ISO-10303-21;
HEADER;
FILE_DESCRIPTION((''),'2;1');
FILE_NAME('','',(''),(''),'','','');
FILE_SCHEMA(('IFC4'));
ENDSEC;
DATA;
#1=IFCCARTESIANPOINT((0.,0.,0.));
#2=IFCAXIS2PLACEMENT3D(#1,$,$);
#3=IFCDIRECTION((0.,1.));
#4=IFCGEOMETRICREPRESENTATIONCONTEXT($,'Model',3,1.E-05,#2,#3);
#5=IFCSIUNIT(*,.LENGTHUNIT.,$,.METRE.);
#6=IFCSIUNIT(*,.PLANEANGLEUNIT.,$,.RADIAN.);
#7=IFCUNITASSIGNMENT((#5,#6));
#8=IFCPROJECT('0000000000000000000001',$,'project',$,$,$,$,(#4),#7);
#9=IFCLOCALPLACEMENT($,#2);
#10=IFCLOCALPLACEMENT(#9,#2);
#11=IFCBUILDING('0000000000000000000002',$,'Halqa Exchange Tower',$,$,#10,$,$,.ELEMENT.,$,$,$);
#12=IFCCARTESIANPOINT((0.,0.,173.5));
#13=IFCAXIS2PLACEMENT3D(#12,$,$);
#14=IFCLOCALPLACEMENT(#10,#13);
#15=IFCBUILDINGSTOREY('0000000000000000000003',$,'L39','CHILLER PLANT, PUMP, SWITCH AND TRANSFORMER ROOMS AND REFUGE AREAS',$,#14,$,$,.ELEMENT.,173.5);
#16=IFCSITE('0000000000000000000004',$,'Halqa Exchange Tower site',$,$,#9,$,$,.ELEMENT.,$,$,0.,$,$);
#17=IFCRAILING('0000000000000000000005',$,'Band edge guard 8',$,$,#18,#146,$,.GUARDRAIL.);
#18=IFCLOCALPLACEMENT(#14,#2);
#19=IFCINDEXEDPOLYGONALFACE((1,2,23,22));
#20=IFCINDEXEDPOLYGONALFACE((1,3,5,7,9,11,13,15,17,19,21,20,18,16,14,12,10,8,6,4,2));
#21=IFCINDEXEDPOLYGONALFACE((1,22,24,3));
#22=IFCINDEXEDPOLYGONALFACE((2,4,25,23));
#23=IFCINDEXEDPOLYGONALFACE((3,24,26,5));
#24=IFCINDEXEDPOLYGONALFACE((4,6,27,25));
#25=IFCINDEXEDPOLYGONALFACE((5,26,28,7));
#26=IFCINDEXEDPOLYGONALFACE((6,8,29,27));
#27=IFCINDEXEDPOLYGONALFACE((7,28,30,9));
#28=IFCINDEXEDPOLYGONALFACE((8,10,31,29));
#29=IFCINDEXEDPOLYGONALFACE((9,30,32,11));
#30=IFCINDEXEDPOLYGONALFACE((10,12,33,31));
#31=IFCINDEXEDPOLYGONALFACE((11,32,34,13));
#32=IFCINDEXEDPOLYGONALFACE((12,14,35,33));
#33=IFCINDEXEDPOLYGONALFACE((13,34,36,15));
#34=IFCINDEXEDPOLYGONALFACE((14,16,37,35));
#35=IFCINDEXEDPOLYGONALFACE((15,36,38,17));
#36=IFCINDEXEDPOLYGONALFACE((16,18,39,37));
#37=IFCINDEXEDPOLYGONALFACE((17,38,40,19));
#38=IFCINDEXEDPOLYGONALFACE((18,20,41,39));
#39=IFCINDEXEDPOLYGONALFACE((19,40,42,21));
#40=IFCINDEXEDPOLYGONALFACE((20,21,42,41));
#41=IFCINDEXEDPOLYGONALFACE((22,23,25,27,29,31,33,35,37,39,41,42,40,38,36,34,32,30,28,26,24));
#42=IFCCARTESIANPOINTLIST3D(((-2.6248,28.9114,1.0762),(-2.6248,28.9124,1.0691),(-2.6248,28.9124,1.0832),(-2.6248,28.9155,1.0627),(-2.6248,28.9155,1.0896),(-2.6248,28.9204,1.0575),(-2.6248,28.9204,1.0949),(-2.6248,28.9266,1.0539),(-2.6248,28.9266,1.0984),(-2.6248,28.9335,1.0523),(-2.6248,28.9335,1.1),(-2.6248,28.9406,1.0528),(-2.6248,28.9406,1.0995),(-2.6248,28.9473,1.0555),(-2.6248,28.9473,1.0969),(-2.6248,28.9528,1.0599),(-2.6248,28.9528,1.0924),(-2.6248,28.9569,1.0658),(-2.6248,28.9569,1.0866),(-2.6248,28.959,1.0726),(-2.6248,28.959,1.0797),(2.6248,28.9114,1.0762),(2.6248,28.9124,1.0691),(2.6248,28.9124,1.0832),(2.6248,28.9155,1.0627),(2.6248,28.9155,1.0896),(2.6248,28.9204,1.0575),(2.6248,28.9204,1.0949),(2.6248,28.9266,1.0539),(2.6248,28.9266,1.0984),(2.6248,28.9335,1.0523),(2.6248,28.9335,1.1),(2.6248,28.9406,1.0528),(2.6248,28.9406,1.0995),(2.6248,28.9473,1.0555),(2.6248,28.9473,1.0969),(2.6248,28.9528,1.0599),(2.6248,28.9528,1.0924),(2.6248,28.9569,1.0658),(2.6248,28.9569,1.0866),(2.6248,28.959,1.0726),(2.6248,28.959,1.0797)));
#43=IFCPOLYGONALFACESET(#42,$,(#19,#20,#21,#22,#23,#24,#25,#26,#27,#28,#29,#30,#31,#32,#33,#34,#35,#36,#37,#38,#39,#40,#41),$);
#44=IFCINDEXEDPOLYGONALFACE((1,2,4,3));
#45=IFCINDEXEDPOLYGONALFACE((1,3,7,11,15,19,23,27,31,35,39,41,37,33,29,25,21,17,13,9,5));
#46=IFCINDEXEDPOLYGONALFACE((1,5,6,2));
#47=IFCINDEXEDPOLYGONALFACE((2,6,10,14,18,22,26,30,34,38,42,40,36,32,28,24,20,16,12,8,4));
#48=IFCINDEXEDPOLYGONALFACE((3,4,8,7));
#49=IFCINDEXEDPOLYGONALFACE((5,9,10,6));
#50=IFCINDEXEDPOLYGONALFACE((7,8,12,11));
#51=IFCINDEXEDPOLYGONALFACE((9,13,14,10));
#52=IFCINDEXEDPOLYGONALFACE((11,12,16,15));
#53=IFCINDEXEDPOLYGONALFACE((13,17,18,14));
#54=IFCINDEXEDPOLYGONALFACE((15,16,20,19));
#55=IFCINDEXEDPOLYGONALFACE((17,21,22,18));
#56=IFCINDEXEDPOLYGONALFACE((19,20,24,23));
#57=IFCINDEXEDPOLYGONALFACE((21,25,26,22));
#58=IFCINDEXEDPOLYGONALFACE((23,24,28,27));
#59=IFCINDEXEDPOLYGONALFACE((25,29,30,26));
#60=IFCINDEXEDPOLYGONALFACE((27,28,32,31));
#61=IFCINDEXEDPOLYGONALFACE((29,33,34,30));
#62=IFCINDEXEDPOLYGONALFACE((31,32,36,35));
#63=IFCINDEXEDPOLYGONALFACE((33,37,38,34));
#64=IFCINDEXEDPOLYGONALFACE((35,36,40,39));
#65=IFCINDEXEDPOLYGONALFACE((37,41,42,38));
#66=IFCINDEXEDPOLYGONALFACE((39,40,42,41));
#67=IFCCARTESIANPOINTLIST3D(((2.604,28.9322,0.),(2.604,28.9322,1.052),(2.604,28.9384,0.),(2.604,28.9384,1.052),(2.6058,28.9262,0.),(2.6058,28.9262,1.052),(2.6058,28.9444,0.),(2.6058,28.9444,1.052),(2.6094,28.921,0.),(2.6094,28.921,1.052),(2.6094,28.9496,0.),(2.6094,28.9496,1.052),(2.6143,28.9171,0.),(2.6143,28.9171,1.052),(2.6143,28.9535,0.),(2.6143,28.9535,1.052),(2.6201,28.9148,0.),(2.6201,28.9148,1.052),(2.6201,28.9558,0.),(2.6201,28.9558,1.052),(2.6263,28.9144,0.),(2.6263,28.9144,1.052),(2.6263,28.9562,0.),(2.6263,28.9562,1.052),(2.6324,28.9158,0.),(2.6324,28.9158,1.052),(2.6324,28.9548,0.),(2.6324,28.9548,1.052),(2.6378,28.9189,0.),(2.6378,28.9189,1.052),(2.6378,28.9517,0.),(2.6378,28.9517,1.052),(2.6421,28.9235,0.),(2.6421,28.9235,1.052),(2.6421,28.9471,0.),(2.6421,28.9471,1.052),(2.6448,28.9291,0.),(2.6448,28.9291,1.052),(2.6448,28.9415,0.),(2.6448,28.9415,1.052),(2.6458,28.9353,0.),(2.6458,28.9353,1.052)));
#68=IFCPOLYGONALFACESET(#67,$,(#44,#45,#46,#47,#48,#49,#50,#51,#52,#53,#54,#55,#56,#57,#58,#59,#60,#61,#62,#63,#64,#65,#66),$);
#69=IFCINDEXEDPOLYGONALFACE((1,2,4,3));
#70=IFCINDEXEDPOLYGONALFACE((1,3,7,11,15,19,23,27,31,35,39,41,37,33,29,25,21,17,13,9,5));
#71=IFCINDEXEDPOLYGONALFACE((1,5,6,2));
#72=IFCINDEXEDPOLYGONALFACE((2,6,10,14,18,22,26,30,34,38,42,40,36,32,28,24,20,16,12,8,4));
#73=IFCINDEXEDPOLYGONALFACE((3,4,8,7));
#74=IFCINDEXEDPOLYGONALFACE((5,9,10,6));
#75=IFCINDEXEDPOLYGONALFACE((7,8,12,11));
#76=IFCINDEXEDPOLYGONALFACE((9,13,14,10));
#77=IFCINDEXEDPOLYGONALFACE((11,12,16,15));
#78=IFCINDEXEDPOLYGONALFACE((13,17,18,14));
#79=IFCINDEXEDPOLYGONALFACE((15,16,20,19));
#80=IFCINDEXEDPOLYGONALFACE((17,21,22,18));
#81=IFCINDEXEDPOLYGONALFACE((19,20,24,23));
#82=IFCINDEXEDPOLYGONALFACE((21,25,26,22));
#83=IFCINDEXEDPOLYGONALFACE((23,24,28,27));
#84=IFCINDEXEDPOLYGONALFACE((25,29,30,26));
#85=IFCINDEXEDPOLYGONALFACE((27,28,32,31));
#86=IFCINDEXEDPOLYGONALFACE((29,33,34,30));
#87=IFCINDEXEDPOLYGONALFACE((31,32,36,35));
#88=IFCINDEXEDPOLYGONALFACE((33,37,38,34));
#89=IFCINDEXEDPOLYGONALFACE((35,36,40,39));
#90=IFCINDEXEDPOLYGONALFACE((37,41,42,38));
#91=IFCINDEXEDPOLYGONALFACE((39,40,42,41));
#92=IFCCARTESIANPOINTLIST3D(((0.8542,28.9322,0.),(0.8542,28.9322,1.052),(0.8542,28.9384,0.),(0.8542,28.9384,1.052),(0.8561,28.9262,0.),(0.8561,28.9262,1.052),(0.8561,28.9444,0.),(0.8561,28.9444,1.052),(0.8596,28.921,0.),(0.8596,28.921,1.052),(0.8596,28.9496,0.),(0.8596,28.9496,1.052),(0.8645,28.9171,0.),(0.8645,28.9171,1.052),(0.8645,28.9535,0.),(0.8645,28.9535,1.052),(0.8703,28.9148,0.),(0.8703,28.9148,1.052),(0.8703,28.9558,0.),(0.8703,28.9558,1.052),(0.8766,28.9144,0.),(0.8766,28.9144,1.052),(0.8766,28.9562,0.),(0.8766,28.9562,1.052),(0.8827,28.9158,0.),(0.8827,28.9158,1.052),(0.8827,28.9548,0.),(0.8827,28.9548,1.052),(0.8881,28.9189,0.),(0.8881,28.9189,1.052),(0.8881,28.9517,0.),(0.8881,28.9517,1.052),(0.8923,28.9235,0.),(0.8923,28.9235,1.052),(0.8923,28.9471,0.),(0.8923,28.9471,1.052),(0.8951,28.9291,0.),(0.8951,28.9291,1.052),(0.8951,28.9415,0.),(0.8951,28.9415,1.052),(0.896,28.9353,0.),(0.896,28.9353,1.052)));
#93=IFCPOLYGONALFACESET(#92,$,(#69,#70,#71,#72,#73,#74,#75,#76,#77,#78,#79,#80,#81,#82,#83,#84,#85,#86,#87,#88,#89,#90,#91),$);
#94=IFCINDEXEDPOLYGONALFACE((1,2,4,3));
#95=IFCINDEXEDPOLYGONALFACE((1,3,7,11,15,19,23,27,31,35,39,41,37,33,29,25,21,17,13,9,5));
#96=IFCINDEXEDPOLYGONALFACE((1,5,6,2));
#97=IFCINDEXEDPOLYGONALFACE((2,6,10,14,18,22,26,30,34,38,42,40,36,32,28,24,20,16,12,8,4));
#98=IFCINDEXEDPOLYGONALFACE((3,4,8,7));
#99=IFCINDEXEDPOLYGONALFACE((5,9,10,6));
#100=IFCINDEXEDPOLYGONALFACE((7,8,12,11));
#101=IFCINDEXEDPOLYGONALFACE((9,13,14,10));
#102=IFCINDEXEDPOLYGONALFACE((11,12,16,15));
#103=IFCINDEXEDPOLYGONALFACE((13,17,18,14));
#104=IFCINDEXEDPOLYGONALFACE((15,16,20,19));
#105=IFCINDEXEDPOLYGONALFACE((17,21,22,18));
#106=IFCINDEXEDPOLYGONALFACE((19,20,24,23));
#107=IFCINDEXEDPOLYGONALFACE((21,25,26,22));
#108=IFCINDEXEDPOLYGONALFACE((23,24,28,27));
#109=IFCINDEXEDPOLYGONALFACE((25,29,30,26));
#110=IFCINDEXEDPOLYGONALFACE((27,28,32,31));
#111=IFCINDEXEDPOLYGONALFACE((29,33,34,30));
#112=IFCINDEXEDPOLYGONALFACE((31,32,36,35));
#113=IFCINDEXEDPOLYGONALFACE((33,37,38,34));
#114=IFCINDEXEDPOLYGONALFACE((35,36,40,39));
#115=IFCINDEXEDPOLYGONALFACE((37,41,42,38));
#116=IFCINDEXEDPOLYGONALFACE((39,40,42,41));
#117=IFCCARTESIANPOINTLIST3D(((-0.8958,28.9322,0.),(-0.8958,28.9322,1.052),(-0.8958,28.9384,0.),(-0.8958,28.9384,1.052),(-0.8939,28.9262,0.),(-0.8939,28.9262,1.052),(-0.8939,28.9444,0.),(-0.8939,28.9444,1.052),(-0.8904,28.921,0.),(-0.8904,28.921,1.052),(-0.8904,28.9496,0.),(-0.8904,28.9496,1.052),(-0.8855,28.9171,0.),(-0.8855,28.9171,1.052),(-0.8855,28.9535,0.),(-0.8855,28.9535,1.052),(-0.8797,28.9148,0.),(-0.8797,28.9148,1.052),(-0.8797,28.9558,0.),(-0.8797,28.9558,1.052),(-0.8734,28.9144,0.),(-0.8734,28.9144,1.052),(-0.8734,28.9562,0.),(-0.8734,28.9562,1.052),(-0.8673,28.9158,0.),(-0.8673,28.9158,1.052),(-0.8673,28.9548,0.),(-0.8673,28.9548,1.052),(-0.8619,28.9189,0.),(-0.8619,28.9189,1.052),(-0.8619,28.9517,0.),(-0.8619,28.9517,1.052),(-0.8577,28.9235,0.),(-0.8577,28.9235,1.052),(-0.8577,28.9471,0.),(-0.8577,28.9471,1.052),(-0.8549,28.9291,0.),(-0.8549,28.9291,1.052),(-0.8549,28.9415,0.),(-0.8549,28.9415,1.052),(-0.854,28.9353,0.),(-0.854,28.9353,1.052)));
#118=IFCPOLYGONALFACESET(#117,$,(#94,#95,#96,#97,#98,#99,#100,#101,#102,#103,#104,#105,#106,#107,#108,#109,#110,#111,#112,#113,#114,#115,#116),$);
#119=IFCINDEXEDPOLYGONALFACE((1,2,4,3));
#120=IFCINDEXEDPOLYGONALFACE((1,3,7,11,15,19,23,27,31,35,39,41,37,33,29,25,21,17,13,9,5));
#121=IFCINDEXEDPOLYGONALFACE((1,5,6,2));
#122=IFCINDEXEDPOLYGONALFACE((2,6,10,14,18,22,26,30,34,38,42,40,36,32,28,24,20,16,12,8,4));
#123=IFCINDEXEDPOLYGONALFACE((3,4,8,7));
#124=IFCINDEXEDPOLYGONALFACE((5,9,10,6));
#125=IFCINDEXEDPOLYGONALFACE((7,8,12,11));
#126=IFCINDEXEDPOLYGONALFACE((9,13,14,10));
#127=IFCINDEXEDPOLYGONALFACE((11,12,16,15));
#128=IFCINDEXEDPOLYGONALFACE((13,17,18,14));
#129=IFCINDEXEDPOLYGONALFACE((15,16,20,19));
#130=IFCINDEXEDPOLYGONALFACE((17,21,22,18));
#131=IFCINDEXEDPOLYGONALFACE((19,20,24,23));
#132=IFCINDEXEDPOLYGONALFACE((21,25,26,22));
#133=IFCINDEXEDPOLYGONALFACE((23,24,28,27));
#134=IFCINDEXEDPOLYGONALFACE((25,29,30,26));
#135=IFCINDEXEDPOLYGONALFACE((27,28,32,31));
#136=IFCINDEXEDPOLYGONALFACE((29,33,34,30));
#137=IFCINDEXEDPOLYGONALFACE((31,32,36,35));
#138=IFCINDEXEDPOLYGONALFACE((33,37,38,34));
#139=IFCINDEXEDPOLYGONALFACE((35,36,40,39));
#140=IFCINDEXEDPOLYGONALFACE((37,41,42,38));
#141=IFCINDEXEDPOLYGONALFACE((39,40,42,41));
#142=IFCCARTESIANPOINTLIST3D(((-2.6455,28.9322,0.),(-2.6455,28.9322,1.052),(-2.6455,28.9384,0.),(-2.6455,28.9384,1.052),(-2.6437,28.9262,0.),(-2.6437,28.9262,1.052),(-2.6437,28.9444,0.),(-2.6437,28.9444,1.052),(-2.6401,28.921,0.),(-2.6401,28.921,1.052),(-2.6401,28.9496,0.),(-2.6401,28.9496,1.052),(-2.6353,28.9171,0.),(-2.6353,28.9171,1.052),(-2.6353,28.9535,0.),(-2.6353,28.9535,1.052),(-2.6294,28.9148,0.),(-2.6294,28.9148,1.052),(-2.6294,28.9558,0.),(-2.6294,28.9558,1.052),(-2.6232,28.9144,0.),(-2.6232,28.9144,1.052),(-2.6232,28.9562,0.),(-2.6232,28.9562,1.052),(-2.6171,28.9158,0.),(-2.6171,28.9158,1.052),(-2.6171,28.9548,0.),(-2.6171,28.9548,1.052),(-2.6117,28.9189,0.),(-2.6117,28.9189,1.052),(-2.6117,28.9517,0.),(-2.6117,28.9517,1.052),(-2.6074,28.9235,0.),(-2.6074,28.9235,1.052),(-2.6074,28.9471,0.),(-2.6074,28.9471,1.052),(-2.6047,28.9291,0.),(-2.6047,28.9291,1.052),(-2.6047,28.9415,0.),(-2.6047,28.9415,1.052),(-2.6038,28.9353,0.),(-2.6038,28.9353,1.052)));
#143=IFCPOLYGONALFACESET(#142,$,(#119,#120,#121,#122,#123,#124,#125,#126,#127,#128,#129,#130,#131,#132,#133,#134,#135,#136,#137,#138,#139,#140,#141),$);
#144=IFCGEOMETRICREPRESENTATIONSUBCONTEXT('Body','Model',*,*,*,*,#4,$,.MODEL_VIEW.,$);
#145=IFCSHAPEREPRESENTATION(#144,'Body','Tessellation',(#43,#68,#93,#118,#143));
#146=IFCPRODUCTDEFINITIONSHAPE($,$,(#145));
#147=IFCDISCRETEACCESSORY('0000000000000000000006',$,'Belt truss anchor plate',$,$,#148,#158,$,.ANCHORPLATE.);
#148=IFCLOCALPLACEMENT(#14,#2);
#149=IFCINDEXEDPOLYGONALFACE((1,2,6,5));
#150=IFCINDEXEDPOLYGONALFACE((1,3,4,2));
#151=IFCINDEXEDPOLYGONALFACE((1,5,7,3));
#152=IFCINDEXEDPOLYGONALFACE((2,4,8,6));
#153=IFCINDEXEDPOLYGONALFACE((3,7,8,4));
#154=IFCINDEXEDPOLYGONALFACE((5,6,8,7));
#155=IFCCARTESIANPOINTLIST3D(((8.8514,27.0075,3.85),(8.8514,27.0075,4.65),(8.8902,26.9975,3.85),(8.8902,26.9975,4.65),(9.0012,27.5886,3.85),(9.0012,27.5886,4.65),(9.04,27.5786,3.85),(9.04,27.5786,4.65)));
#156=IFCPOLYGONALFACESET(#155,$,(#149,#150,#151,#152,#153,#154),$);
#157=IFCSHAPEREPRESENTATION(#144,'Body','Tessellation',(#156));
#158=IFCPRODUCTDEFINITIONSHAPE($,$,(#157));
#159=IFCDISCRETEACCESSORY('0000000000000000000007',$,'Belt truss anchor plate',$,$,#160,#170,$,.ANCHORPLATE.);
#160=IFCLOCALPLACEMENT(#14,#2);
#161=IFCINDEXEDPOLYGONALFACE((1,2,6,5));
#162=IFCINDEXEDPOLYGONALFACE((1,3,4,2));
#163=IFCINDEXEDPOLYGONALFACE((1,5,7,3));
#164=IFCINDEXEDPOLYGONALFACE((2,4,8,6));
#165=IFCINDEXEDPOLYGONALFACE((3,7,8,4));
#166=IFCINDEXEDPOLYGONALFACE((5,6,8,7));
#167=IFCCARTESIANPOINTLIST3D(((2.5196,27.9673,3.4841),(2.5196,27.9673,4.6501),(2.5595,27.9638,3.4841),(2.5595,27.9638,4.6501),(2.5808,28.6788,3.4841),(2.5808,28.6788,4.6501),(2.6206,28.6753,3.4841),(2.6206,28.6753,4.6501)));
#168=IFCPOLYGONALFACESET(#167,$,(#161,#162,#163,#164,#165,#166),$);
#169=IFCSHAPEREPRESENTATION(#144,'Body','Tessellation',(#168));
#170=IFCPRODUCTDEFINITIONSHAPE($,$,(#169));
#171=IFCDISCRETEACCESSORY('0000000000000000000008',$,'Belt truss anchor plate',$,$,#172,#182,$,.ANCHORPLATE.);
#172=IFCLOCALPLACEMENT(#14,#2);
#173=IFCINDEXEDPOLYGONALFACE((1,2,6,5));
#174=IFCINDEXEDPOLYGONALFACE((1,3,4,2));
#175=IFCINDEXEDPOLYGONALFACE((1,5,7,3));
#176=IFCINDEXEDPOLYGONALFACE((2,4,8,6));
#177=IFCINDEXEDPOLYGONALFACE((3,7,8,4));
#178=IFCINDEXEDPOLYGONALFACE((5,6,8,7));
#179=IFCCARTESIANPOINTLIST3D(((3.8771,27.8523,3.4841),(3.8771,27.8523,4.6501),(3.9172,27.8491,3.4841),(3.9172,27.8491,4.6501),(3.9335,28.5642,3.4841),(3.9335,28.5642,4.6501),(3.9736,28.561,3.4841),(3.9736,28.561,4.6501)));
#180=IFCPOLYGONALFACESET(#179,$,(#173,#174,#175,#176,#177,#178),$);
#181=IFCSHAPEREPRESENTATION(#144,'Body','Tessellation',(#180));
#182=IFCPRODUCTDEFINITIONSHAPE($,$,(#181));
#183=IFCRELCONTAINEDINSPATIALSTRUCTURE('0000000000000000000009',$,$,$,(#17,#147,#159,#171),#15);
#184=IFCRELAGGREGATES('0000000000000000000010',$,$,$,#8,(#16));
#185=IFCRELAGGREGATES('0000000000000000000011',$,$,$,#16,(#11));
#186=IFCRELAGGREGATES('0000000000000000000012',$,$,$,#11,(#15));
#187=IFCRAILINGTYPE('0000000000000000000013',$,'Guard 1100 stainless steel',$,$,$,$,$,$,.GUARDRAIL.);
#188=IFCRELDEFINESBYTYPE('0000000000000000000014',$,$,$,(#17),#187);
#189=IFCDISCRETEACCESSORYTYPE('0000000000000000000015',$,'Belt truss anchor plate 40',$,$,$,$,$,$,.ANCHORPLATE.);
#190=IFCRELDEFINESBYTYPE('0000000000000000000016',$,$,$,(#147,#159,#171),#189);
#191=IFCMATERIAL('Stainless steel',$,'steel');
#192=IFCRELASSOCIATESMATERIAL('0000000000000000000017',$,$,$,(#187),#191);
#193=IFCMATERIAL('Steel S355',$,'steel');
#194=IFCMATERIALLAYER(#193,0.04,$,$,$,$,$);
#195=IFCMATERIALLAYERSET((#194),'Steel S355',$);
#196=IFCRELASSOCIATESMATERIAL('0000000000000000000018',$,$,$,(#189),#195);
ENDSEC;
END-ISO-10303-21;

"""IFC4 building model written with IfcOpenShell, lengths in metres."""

from ifc_helpers import new_model, si_unit, direction, frame, origin, origin_2d, place, context, subcontext, project, spatial, rectangle, circle, extrude, material, layer, layer_set, type_object, element, save


model = new_model("IFC4")

# Units and contexts
model_context = context("Model", 3, precision=1e-05, world=origin(), true_north=direction((0.0, 1.0)))
body_context = subcontext(model_context, "Body", "Model", "MODEL_VIEW")
ifc_project = project(units=[si_unit("LENGTHUNIT", "METRE"), si_unit("PLANEANGLEUNIT", "RADIAN")], contexts=[model_context])

# Site, building, storey
site_placement = place(None, origin())
site = spatial("IfcSite", under=ifc_project, at=site_placement, Name="Halqa Exchange Tower site", CompositionType="ELEMENT", RefElevation=0.0)
building_placement = place(site_placement, origin())
building = spatial("IfcBuilding", under=site, at=building_placement, Name="Halqa Exchange Tower", CompositionType="ELEMENT")
storey_placement = place(building_placement, frame((0.0, 0.0, 173.5)))
storey = spatial("IfcBuildingStorey", under=building, at=storey_placement, Name="L39", Description="CHILLER PLANT, PUMP, SWITCH AND TRANSFORMER ROOMS AND REFUGE AREAS", CompositionType="ELEMENT", Elevation=173.5)

# Shared definitions
ifc_material_1 = material(Name="Steel S355", Category="steel")

# Railing
ifc_material_2 = material(Name="Stainless steel", Category="steel")
railing_type = type_object("IfcRailingType", Name="Guard 1100 stainless steel", PredefinedType="GUARDRAIL", material=ifc_material_2)
railing_placement = place(storey_placement, frame((2.6248, 28.9353, 0.0)))
element("IfcRailing", 1, at=railing_placement, inside=storey, type_object=railing_type, Name="Band edge guard 8", PredefinedType="GUARDRAIL", context=body_context, shape_type="SweptSolid", body=[
    extrude(circle(Radius=0.0239, at=origin_2d()), frame((0.0, 0.0, 1.0762), z_axis=(-1.0, 0.0, 0.0), x_axis=(0.0, -1.0, 0.0)), (0.0, 0.0, 1.0), 5.2495),
    extrude(circle(Radius=0.021, at=origin_2d()), origin(), (0.0, 0.0, 1.0), 1.052),
    extrude(circle(Radius=0.021, at=origin_2d()), frame((-1.7498, 0.0, 0.0)), (0.0, 0.0, 1.0), 1.052),
    extrude(circle(Radius=0.021, at=origin_2d()), frame((-3.4998, 0.0, 0.0)), (0.0, 0.0, 1.0), 1.052),
    extrude(circle(Radius=0.021, at=origin_2d()), frame((-5.2495, 0.0, 0.0)), (0.0, 0.0, 1.0), 1.052),
])

# Discrete accessories
ifc_layer_1 = layer(ifc_material_1, 0.04)
ifc_layer_set_1 = layer_set([ifc_layer_1], Name="Steel S355")
discrete_accessory_type = type_object("IfcDiscreteAccessoryType", Name="Belt truss anchor plate 40", PredefinedType="ANCHORPLATE", material=ifc_layer_set_1)
discrete_accessory_1_placement = place(storey_placement, frame((8.9651, 27.2881, 4.25), z_axis=(-0.968325, 0.249694, 0.0), x_axis=(-0.249694, -0.968325, 0.0)))
element("IfcDiscreteAccessory", 2, at=discrete_accessory_1_placement, inside=storey, type_object=discrete_accessory_type, Name="Belt truss anchor plate", PredefinedType="ANCHORPLATE", context=body_context, shape_type="SweptSolid", body=[
    extrude(rectangle(XDim=0.6001, YDim=0.8, at=origin_2d()), origin(), (0.0, 0.0, 1.0), 0.04),
])
discrete_accessory_2_placement = place(storey_placement, frame((2.5901, 28.3196, 4.0671), z_axis=(-0.996332, 0.085575, 0.0), x_axis=(-0.085575, -0.996332, 0.0)))
element("IfcDiscreteAccessory", 3, at=discrete_accessory_2_placement, inside=storey, type_object=discrete_accessory_type, Name="Belt truss anchor plate", PredefinedType="ANCHORPLATE", context=body_context, shape_type="SweptSolid", body=[
    extrude(rectangle(XDim=0.7141, YDim=1.166, at=origin_2d()), origin(), (0.0, 0.0, 1.0), 0.04),
])
discrete_accessory_3_placement = place(storey_placement, frame((3.9053, 28.2083, 4.0671), z_axis=(0.996873, -0.07902, 0.0), x_axis=(0.07902, 0.996873, 0.0)))
element("IfcDiscreteAccessory", 4, at=discrete_accessory_3_placement, inside=storey, type_object=discrete_accessory_type, Name="Belt truss anchor plate", PredefinedType="ANCHORPLATE", context=body_context, shape_type="SweptSolid", body=[
    extrude(rectangle(XDim=0.7141, YDim=1.166, at=origin_2d()), origin(), (0.0, 0.0, 1.0), 0.0403),
])

save(model, "model.ifc")
